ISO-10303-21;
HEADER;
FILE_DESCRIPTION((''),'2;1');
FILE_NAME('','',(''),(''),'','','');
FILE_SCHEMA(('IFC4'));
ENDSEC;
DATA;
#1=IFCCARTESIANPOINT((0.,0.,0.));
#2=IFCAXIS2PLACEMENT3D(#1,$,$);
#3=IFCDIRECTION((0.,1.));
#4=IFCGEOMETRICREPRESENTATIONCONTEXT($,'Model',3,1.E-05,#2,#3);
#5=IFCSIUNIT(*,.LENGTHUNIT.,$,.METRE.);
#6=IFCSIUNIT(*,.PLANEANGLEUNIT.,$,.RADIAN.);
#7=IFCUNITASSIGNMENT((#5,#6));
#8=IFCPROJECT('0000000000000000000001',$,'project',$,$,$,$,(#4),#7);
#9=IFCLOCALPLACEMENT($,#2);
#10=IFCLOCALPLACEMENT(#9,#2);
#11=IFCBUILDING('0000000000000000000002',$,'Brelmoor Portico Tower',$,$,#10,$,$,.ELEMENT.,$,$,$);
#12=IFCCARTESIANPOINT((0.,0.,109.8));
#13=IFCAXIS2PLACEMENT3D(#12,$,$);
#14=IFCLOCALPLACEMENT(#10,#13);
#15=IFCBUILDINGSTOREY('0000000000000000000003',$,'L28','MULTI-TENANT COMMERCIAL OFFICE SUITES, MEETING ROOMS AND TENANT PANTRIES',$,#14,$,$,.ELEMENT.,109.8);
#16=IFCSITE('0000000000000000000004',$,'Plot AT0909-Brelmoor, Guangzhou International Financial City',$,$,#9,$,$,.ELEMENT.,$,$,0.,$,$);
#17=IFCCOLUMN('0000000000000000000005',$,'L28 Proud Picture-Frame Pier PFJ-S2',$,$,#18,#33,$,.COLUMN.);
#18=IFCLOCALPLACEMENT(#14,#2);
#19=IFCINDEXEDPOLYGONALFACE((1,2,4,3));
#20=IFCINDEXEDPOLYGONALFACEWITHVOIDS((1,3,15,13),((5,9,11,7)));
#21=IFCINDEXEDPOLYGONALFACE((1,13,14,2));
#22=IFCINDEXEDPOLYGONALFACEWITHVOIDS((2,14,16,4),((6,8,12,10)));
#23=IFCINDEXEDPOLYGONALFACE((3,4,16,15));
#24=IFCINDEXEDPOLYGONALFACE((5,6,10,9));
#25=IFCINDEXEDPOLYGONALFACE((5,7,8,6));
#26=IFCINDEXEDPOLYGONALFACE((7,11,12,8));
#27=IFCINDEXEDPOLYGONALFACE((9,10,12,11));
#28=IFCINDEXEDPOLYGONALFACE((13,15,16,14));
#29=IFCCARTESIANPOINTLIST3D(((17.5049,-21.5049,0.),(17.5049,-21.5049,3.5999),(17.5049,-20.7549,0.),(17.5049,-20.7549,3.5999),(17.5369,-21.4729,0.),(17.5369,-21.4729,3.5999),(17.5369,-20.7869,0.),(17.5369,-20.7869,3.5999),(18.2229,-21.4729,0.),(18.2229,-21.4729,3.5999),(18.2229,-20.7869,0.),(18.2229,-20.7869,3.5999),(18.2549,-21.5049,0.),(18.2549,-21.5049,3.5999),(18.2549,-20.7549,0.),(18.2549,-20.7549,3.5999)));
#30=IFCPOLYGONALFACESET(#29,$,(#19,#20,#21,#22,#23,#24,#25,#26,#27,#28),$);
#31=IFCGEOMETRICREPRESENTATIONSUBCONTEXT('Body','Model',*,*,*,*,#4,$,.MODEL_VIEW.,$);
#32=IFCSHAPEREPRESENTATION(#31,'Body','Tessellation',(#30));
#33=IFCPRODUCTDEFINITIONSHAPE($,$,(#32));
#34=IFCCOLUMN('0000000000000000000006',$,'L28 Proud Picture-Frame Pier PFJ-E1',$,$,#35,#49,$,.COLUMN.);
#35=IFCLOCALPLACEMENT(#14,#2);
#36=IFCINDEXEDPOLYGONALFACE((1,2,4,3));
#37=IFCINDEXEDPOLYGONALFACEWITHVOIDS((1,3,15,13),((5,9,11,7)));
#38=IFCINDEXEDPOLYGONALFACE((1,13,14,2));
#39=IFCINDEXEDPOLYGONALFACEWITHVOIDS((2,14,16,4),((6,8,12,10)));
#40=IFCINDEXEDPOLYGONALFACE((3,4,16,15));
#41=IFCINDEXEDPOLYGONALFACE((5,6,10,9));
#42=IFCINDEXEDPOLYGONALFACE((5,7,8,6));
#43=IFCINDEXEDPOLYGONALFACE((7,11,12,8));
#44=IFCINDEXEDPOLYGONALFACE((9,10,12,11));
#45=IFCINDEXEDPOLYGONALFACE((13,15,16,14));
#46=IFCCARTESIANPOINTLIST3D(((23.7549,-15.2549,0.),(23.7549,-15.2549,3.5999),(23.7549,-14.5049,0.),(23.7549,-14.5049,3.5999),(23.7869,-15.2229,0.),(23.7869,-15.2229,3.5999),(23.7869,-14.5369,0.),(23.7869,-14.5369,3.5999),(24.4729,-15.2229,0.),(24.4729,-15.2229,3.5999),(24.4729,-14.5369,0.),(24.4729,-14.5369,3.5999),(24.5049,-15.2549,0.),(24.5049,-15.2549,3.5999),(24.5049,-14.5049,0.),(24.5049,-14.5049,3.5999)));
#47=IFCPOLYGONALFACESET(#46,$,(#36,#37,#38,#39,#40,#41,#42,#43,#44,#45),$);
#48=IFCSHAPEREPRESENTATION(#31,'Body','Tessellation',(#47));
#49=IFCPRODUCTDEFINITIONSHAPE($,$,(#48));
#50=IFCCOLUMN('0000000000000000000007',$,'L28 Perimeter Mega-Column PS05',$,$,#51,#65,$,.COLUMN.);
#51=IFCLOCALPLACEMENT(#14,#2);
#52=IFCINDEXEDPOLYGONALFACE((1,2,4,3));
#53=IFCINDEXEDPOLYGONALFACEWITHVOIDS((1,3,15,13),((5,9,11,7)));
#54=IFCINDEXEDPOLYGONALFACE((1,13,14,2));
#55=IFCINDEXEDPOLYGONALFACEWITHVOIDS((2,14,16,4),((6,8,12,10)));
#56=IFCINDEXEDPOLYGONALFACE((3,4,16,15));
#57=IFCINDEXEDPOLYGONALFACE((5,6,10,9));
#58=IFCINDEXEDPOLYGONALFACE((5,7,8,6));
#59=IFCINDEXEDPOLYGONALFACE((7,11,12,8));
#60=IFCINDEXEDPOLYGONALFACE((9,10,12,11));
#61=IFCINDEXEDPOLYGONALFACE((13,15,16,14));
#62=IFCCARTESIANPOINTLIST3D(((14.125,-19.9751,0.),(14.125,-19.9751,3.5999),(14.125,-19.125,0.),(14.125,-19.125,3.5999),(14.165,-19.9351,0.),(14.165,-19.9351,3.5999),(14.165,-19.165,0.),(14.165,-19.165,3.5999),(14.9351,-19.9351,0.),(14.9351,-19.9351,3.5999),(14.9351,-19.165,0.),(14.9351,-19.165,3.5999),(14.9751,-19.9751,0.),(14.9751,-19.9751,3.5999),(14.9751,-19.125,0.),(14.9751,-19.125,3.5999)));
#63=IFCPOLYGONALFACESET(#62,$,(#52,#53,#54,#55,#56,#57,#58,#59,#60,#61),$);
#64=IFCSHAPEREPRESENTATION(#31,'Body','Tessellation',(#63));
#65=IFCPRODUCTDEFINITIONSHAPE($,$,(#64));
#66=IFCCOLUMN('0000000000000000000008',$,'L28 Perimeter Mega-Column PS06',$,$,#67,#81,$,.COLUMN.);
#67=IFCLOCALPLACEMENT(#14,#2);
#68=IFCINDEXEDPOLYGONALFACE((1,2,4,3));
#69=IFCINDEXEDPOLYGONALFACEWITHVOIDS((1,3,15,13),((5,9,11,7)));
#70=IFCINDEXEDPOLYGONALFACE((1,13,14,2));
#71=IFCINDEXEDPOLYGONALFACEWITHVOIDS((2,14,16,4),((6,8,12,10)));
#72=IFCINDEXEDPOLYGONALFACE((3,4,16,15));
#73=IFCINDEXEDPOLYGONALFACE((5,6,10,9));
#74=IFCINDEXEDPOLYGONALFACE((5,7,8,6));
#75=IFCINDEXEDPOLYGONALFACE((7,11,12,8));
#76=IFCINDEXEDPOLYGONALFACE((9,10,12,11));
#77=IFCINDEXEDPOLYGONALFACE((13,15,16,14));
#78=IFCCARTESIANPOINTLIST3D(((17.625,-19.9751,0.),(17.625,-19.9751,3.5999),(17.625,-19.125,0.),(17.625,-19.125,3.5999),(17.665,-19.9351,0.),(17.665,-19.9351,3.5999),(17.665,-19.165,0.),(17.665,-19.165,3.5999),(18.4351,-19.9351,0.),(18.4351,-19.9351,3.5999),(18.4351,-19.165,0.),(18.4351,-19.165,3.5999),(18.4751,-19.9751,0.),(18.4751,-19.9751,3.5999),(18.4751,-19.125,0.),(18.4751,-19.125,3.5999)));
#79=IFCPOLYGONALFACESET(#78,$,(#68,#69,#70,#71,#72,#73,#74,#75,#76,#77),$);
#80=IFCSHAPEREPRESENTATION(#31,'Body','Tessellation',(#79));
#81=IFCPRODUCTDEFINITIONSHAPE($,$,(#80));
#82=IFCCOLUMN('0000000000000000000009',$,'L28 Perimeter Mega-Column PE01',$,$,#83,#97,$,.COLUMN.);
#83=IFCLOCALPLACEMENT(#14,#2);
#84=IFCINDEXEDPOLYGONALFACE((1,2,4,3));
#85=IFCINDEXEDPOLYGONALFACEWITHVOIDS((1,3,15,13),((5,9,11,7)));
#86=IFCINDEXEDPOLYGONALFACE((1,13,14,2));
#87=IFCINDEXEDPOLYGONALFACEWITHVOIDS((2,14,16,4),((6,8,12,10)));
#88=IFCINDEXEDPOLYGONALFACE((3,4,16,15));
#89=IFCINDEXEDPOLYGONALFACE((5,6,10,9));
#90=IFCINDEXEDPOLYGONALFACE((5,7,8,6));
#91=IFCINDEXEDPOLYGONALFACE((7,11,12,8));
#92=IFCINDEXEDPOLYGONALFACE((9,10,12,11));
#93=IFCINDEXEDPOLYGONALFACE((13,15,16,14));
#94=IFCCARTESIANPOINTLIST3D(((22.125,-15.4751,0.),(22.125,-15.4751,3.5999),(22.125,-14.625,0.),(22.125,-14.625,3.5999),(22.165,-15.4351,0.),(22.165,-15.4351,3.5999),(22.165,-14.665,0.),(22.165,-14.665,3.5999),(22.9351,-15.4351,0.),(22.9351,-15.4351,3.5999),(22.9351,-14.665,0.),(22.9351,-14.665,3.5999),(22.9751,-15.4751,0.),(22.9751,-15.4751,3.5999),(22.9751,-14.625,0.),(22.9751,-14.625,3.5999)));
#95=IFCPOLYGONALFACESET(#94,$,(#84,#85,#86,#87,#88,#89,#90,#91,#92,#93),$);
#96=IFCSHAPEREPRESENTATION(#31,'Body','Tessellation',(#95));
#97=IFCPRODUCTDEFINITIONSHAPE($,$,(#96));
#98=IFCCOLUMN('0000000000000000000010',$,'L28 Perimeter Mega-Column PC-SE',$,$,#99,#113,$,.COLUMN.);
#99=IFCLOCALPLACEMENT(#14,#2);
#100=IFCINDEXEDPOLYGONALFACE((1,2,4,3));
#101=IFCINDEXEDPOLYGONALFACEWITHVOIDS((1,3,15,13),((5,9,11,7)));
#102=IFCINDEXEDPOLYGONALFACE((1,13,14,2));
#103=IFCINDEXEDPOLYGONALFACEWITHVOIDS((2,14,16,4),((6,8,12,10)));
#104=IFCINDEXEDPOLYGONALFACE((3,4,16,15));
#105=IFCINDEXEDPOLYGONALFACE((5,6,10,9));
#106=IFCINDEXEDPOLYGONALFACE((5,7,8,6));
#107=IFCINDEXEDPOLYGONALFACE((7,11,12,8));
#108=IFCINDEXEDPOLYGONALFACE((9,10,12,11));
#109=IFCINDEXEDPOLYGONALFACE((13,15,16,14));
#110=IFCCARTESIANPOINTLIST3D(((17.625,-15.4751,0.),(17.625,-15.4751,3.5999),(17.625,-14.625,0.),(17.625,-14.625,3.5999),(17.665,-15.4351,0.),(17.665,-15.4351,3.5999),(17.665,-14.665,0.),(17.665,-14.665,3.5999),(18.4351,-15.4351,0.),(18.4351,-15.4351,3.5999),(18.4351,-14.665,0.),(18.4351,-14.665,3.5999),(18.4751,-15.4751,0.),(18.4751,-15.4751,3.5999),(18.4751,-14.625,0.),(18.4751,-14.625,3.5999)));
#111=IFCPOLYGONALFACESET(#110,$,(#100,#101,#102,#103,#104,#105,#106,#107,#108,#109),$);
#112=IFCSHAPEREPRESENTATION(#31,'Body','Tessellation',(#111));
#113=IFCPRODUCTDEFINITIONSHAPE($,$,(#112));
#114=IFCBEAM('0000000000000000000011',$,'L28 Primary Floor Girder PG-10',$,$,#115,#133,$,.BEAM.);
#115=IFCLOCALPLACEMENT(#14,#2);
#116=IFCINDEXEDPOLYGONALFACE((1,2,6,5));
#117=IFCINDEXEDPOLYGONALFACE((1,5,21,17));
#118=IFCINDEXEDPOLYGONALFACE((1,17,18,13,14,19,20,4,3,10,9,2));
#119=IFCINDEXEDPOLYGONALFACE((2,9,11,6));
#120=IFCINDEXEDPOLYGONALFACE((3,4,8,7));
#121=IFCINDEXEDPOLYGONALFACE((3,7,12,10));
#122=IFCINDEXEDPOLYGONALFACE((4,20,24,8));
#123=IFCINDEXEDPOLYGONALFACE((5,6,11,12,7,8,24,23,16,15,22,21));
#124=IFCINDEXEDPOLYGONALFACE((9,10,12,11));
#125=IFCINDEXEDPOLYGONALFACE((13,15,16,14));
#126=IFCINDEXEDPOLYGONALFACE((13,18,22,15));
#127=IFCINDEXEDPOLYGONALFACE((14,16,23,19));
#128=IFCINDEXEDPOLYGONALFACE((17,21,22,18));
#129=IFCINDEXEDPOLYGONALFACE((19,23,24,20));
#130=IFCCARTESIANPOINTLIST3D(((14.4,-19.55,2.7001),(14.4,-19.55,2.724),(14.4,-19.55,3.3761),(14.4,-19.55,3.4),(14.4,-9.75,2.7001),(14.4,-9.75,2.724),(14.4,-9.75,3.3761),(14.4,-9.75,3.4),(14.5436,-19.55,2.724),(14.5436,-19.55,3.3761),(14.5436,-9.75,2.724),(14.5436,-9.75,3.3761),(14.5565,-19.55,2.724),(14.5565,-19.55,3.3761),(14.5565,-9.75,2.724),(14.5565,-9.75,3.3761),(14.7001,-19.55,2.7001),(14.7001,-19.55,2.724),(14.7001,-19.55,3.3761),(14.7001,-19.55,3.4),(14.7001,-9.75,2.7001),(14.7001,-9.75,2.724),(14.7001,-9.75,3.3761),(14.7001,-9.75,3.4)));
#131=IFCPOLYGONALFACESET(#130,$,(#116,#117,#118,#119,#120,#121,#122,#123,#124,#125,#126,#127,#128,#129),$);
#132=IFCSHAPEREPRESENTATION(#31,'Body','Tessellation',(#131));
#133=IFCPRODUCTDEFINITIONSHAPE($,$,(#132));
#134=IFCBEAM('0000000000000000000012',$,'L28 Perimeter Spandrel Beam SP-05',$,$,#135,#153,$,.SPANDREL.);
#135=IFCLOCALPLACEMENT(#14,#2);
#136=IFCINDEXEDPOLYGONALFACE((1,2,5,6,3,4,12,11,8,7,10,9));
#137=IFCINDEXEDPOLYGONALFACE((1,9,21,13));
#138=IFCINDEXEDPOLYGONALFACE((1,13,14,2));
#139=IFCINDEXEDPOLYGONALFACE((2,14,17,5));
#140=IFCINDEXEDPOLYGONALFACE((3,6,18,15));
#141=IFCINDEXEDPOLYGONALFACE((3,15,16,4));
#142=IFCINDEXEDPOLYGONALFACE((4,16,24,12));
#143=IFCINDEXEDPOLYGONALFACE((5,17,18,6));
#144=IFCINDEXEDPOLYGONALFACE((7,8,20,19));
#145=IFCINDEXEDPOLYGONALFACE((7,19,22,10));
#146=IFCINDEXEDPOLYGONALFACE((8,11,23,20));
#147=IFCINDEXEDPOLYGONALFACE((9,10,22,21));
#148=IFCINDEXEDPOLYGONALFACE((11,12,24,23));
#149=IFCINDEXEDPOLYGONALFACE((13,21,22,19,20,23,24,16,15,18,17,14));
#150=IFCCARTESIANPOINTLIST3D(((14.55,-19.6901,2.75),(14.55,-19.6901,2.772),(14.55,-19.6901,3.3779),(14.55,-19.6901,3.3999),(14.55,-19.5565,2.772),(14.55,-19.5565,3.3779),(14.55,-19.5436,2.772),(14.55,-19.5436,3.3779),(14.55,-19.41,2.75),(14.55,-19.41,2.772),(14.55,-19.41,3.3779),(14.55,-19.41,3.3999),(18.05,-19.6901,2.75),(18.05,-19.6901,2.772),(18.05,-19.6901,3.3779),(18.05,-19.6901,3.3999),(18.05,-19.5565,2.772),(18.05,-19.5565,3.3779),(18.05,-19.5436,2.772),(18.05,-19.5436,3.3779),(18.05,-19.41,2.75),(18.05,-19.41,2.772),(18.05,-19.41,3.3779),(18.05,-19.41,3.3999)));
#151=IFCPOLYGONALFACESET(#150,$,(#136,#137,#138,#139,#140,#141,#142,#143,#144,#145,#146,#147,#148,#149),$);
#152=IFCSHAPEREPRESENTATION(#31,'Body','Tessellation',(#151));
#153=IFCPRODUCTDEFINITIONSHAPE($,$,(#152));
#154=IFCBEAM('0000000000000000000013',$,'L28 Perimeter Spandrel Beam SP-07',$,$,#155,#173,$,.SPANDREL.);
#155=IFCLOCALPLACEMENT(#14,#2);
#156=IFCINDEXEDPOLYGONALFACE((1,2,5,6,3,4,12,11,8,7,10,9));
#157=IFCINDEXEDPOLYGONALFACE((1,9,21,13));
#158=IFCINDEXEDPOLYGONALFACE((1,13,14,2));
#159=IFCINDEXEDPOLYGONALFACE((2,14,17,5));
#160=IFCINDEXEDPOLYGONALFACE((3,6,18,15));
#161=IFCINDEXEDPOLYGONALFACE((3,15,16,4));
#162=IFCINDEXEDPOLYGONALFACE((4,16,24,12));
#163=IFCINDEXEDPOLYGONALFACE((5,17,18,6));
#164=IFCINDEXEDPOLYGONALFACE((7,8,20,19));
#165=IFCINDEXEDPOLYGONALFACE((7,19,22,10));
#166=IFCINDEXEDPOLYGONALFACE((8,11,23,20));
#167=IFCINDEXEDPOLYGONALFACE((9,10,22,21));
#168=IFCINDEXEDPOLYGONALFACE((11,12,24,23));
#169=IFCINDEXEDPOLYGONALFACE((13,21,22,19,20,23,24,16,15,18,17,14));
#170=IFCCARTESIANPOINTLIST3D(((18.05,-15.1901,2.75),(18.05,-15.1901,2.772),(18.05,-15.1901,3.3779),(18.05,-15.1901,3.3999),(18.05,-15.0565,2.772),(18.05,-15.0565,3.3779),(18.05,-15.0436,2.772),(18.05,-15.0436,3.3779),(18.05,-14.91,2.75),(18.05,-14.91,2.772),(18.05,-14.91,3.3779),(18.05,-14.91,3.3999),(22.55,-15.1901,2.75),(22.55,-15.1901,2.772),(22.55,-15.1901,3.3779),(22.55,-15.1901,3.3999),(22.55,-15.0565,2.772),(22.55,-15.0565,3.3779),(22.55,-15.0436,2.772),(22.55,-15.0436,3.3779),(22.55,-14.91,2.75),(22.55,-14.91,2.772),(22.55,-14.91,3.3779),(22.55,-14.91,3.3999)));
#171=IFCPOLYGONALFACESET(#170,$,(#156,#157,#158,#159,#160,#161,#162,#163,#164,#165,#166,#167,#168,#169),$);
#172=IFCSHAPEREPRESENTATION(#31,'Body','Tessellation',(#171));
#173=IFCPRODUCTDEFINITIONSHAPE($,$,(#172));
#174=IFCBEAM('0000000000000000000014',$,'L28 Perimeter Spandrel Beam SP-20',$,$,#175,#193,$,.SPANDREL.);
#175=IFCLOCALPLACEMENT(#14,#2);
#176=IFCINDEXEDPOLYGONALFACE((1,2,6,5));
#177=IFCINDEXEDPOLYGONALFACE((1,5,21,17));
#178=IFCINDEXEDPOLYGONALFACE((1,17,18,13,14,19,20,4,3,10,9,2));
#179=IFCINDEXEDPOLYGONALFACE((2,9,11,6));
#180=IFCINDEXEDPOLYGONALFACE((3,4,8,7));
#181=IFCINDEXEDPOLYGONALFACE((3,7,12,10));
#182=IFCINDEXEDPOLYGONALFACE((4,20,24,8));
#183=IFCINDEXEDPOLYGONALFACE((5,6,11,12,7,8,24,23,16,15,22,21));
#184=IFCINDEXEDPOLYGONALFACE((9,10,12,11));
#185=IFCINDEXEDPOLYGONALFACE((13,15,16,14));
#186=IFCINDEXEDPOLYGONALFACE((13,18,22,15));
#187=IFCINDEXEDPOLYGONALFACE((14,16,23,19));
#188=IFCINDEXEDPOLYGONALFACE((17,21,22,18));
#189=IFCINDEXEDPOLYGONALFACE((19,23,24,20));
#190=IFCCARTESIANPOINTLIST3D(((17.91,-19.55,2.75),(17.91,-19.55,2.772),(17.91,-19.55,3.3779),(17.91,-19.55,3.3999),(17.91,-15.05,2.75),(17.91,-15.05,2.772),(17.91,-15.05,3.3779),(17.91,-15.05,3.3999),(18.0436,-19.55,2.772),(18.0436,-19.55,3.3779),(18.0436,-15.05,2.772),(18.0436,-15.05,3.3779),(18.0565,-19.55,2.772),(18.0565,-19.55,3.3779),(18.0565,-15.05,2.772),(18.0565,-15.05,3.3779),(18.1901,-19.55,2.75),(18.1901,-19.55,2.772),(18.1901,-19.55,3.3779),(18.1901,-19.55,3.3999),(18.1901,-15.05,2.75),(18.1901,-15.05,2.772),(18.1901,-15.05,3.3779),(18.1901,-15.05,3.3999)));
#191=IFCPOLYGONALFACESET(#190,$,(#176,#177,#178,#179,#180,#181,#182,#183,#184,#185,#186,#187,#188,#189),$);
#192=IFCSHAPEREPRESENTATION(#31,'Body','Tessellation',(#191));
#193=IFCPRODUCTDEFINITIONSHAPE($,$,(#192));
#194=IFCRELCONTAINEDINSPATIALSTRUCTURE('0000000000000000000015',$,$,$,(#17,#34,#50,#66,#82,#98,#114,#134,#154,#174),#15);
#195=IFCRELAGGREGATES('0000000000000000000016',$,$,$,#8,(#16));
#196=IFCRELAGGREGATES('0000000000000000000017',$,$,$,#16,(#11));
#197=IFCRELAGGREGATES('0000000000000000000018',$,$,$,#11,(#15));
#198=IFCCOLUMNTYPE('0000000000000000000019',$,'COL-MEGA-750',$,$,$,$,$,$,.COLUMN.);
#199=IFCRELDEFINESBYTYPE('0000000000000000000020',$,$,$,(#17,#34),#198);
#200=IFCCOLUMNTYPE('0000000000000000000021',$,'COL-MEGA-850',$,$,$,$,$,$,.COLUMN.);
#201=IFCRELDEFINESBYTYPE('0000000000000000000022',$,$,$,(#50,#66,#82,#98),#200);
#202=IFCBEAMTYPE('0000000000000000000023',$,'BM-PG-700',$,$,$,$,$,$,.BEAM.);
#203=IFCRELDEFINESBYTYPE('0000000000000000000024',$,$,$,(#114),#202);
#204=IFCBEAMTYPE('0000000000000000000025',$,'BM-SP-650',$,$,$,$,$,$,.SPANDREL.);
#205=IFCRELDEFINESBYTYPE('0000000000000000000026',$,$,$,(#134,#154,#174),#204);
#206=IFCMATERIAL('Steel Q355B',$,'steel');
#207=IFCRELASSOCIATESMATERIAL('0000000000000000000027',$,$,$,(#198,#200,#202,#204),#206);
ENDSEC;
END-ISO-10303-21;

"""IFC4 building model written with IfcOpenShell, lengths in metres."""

from ifc_helpers import new_model, si_unit, direction, frame, origin, origin_2d, place, context, subcontext, project, spatial, hollow_rectangle, i_section, extrude, material, material_profile, profile_set, type_object, element, save


model = new_model("IFC4")

# Units and contexts
model_context = context("Model", 3, precision=1e-05, world=origin(), true_north=direction((0.0, 1.0)))
body_context = subcontext(model_context, "Body", "Model", "MODEL_VIEW")
ifc_project = project(units=[si_unit("LENGTHUNIT", "METRE"), si_unit("PLANEANGLEUNIT", "RADIAN")], contexts=[model_context])

# Site, building, storey
site_placement = place(None, origin())
site = spatial("IfcSite", under=ifc_project, at=site_placement, Name="Plot AT0909-Brelmoor, Guangzhou International Financial City", CompositionType="ELEMENT", RefElevation=0.0)
building_placement = place(site_placement, origin())
building = spatial("IfcBuilding", under=site, at=building_placement, Name="Brelmoor Portico Tower", CompositionType="ELEMENT")
storey_placement = place(building_placement, frame((0.0, 0.0, 109.8)))
storey = spatial("IfcBuildingStorey", under=building, at=storey_placement, Name="L28", Description="MULTI-TENANT COMMERCIAL OFFICE SUITES, MEETING ROOMS AND TENANT PANTRIES", CompositionType="ELEMENT", Elevation=109.8)

# Columns
ifc_material_1 = material(Name="Steel Q355B", Category="steel")
ifc_material_profile_1 = material_profile(ifc_material_1, hollow_rectangle(XDim=0.75, YDim=0.75, WallThickness=0.032, at=origin_2d()), Name="BOX 750x750x32")
ifc_profile_set_1 = profile_set([ifc_material_profile_1], Name="Steel Q355B")
column_type_1 = type_object("IfcColumnType", Name="COL-MEGA-750", PredefinedType="COLUMN", material=ifc_profile_set_1)
for number, where, z_axis, x_axis, name in (
    (1, (17.8799, -21.1299, 0.0), (0.0, 0.0, 1.0), (1.0, 0.0, 0.0), "L28 Proud Picture-Frame Pier PFJ-S2"),
    (2, (24.1299, -14.8799, 0.0), (0.0, 0.0, 1.0), (0.0, 1.0, 0.0), "L28 Proud Picture-Frame Pier PFJ-E1"),
):
    element("IfcColumn", number, at=place(storey_placement, frame(where, z_axis=z_axis, x_axis=x_axis)), inside=storey, type_object=column_type_1, Name=name, PredefinedType="COLUMN", context=body_context, shape_type="SweptSolid", body=[
        extrude(hollow_rectangle(XDim=0.75, YDim=0.75, WallThickness=0.032, at=origin_2d()), origin(), (0.0, 0.0, 1.0), 3.5999),
    ])
ifc_material_profile_2 = material_profile(ifc_material_1, hollow_rectangle(XDim=0.8501, YDim=0.8501, WallThickness=0.04, at=origin_2d()), Name="BOX 850x850x40")
ifc_profile_set_2 = profile_set([ifc_material_profile_2], Name="Steel Q355B")
column_type_2 = type_object("IfcColumnType", Name="COL-MEGA-850", PredefinedType="COLUMN", material=ifc_profile_set_2)
for number, where, z_axis, x_axis, name in (
    (3, (14.55, -19.55, 0.0), (0.0, 0.0, 1.0), (1.0, 0.0, 0.0), "L28 Perimeter Mega-Column PS05"),
    (4, (18.05, -19.55, 0.0), (0.0, 0.0, 1.0), (1.0, 0.0, 0.0), "L28 Perimeter Mega-Column PS06"),
    (5, (22.55, -15.05, 0.0), (0.0, 0.0, 1.0), (0.0, 1.0, 0.0), "L28 Perimeter Mega-Column PE01"),
    (6, (18.05, -15.05, 0.0), (0.0, 0.0, 1.0), (1.0, 0.0, 0.0), "L28 Perimeter Mega-Column PC-SE"),
):
    element("IfcColumn", number, at=place(storey_placement, frame(where, z_axis=z_axis, x_axis=x_axis)), inside=storey, type_object=column_type_2, Name=name, PredefinedType="COLUMN", context=body_context, shape_type="SweptSolid", body=[
        extrude(hollow_rectangle(XDim=0.8501, YDim=0.8501, WallThickness=0.04, at=origin_2d()), origin(), (0.0, 0.0, 1.0), 3.5999),
    ])

# Beams
ifc_material_profile_3 = material_profile(ifc_material_1, i_section(OverallWidth=0.3, OverallDepth=0.7, WebThickness=0.0129, FlangeThickness=0.0239, at=origin_2d()), Name="HN 700x300x13x24")
ifc_profile_set_3 = profile_set([ifc_material_profile_3], Name="Steel Q355B")
beam_type_1 = type_object("IfcBeamType", Name="BM-PG-700", PredefinedType="BEAM", material=ifc_profile_set_3)
beam_1_placement = place(storey_placement, frame((14.55, -19.55, 3.05), z_axis=(0.0, 1.0, 0.0), x_axis=(-1.0, 0.0, 0.0)))
element("IfcBeam", 7, at=beam_1_placement, inside=storey, type_object=beam_type_1, Name="L28 Primary Floor Girder PG-10", PredefinedType="BEAM", context=body_context, shape_type="SweptSolid", body=[
    extrude(i_section(OverallWidth=0.3, OverallDepth=0.7, WebThickness=0.0129, FlangeThickness=0.0239, at=origin_2d()), origin(), (0.0, 0.0, 1.0), 9.8),
])
ifc_material_profile_4 = material_profile(ifc_material_1, i_section(OverallWidth=0.28, OverallDepth=0.6499, WebThickness=0.0129, FlangeThickness=0.022, at=origin_2d()), Name="HN 650x280x13x22")
ifc_profile_set_4 = profile_set([ifc_material_profile_4], Name="Steel Q355B")
beam_type_2 = type_object("IfcBeamType", Name="BM-SP-650", PredefinedType="SPANDREL", material=ifc_profile_set_4)
beam_2_placement = place(storey_placement, frame((14.55, -19.55, 3.075), z_axis=(1.0, 0.0, 0.0), x_axis=(0.0, 1.0, 0.0)))
element("IfcBeam", 8, at=beam_2_placement, inside=storey, type_object=beam_type_2, Name="L28 Perimeter Spandrel Beam SP-05", PredefinedType="SPANDREL", context=body_context, shape_type="SweptSolid", body=[
    extrude(i_section(OverallWidth=0.28, OverallDepth=0.6499, WebThickness=0.0129, FlangeThickness=0.022, at=origin_2d()), origin(), (0.0, 0.0, 1.0), 3.5),
])
for number, where, z_axis, x_axis, name in (
    (9, (18.05, -15.05, 3.075), (1.0, 0.0, 0.0), (0.0, 1.0, 0.0), "L28 Perimeter Spandrel Beam SP-07"),
    (10, (18.05, -19.55, 3.075), (0.0, 1.0, 0.0), (-1.0, 0.0, 0.0), "L28 Perimeter Spandrel Beam SP-20"),
):
    element("IfcBeam", number, at=place(storey_placement, frame(where, z_axis=z_axis, x_axis=x_axis)), inside=storey, type_object=beam_type_2, Name=name, PredefinedType="SPANDREL", context=body_context, shape_type="SweptSolid", body=[
        extrude(i_section(OverallWidth=0.28, OverallDepth=0.6499, WebThickness=0.0129, FlangeThickness=0.022, at=origin_2d()), origin(), (0.0, 0.0, 1.0), 4.5),
    ])

save(model, "model.ifc")
